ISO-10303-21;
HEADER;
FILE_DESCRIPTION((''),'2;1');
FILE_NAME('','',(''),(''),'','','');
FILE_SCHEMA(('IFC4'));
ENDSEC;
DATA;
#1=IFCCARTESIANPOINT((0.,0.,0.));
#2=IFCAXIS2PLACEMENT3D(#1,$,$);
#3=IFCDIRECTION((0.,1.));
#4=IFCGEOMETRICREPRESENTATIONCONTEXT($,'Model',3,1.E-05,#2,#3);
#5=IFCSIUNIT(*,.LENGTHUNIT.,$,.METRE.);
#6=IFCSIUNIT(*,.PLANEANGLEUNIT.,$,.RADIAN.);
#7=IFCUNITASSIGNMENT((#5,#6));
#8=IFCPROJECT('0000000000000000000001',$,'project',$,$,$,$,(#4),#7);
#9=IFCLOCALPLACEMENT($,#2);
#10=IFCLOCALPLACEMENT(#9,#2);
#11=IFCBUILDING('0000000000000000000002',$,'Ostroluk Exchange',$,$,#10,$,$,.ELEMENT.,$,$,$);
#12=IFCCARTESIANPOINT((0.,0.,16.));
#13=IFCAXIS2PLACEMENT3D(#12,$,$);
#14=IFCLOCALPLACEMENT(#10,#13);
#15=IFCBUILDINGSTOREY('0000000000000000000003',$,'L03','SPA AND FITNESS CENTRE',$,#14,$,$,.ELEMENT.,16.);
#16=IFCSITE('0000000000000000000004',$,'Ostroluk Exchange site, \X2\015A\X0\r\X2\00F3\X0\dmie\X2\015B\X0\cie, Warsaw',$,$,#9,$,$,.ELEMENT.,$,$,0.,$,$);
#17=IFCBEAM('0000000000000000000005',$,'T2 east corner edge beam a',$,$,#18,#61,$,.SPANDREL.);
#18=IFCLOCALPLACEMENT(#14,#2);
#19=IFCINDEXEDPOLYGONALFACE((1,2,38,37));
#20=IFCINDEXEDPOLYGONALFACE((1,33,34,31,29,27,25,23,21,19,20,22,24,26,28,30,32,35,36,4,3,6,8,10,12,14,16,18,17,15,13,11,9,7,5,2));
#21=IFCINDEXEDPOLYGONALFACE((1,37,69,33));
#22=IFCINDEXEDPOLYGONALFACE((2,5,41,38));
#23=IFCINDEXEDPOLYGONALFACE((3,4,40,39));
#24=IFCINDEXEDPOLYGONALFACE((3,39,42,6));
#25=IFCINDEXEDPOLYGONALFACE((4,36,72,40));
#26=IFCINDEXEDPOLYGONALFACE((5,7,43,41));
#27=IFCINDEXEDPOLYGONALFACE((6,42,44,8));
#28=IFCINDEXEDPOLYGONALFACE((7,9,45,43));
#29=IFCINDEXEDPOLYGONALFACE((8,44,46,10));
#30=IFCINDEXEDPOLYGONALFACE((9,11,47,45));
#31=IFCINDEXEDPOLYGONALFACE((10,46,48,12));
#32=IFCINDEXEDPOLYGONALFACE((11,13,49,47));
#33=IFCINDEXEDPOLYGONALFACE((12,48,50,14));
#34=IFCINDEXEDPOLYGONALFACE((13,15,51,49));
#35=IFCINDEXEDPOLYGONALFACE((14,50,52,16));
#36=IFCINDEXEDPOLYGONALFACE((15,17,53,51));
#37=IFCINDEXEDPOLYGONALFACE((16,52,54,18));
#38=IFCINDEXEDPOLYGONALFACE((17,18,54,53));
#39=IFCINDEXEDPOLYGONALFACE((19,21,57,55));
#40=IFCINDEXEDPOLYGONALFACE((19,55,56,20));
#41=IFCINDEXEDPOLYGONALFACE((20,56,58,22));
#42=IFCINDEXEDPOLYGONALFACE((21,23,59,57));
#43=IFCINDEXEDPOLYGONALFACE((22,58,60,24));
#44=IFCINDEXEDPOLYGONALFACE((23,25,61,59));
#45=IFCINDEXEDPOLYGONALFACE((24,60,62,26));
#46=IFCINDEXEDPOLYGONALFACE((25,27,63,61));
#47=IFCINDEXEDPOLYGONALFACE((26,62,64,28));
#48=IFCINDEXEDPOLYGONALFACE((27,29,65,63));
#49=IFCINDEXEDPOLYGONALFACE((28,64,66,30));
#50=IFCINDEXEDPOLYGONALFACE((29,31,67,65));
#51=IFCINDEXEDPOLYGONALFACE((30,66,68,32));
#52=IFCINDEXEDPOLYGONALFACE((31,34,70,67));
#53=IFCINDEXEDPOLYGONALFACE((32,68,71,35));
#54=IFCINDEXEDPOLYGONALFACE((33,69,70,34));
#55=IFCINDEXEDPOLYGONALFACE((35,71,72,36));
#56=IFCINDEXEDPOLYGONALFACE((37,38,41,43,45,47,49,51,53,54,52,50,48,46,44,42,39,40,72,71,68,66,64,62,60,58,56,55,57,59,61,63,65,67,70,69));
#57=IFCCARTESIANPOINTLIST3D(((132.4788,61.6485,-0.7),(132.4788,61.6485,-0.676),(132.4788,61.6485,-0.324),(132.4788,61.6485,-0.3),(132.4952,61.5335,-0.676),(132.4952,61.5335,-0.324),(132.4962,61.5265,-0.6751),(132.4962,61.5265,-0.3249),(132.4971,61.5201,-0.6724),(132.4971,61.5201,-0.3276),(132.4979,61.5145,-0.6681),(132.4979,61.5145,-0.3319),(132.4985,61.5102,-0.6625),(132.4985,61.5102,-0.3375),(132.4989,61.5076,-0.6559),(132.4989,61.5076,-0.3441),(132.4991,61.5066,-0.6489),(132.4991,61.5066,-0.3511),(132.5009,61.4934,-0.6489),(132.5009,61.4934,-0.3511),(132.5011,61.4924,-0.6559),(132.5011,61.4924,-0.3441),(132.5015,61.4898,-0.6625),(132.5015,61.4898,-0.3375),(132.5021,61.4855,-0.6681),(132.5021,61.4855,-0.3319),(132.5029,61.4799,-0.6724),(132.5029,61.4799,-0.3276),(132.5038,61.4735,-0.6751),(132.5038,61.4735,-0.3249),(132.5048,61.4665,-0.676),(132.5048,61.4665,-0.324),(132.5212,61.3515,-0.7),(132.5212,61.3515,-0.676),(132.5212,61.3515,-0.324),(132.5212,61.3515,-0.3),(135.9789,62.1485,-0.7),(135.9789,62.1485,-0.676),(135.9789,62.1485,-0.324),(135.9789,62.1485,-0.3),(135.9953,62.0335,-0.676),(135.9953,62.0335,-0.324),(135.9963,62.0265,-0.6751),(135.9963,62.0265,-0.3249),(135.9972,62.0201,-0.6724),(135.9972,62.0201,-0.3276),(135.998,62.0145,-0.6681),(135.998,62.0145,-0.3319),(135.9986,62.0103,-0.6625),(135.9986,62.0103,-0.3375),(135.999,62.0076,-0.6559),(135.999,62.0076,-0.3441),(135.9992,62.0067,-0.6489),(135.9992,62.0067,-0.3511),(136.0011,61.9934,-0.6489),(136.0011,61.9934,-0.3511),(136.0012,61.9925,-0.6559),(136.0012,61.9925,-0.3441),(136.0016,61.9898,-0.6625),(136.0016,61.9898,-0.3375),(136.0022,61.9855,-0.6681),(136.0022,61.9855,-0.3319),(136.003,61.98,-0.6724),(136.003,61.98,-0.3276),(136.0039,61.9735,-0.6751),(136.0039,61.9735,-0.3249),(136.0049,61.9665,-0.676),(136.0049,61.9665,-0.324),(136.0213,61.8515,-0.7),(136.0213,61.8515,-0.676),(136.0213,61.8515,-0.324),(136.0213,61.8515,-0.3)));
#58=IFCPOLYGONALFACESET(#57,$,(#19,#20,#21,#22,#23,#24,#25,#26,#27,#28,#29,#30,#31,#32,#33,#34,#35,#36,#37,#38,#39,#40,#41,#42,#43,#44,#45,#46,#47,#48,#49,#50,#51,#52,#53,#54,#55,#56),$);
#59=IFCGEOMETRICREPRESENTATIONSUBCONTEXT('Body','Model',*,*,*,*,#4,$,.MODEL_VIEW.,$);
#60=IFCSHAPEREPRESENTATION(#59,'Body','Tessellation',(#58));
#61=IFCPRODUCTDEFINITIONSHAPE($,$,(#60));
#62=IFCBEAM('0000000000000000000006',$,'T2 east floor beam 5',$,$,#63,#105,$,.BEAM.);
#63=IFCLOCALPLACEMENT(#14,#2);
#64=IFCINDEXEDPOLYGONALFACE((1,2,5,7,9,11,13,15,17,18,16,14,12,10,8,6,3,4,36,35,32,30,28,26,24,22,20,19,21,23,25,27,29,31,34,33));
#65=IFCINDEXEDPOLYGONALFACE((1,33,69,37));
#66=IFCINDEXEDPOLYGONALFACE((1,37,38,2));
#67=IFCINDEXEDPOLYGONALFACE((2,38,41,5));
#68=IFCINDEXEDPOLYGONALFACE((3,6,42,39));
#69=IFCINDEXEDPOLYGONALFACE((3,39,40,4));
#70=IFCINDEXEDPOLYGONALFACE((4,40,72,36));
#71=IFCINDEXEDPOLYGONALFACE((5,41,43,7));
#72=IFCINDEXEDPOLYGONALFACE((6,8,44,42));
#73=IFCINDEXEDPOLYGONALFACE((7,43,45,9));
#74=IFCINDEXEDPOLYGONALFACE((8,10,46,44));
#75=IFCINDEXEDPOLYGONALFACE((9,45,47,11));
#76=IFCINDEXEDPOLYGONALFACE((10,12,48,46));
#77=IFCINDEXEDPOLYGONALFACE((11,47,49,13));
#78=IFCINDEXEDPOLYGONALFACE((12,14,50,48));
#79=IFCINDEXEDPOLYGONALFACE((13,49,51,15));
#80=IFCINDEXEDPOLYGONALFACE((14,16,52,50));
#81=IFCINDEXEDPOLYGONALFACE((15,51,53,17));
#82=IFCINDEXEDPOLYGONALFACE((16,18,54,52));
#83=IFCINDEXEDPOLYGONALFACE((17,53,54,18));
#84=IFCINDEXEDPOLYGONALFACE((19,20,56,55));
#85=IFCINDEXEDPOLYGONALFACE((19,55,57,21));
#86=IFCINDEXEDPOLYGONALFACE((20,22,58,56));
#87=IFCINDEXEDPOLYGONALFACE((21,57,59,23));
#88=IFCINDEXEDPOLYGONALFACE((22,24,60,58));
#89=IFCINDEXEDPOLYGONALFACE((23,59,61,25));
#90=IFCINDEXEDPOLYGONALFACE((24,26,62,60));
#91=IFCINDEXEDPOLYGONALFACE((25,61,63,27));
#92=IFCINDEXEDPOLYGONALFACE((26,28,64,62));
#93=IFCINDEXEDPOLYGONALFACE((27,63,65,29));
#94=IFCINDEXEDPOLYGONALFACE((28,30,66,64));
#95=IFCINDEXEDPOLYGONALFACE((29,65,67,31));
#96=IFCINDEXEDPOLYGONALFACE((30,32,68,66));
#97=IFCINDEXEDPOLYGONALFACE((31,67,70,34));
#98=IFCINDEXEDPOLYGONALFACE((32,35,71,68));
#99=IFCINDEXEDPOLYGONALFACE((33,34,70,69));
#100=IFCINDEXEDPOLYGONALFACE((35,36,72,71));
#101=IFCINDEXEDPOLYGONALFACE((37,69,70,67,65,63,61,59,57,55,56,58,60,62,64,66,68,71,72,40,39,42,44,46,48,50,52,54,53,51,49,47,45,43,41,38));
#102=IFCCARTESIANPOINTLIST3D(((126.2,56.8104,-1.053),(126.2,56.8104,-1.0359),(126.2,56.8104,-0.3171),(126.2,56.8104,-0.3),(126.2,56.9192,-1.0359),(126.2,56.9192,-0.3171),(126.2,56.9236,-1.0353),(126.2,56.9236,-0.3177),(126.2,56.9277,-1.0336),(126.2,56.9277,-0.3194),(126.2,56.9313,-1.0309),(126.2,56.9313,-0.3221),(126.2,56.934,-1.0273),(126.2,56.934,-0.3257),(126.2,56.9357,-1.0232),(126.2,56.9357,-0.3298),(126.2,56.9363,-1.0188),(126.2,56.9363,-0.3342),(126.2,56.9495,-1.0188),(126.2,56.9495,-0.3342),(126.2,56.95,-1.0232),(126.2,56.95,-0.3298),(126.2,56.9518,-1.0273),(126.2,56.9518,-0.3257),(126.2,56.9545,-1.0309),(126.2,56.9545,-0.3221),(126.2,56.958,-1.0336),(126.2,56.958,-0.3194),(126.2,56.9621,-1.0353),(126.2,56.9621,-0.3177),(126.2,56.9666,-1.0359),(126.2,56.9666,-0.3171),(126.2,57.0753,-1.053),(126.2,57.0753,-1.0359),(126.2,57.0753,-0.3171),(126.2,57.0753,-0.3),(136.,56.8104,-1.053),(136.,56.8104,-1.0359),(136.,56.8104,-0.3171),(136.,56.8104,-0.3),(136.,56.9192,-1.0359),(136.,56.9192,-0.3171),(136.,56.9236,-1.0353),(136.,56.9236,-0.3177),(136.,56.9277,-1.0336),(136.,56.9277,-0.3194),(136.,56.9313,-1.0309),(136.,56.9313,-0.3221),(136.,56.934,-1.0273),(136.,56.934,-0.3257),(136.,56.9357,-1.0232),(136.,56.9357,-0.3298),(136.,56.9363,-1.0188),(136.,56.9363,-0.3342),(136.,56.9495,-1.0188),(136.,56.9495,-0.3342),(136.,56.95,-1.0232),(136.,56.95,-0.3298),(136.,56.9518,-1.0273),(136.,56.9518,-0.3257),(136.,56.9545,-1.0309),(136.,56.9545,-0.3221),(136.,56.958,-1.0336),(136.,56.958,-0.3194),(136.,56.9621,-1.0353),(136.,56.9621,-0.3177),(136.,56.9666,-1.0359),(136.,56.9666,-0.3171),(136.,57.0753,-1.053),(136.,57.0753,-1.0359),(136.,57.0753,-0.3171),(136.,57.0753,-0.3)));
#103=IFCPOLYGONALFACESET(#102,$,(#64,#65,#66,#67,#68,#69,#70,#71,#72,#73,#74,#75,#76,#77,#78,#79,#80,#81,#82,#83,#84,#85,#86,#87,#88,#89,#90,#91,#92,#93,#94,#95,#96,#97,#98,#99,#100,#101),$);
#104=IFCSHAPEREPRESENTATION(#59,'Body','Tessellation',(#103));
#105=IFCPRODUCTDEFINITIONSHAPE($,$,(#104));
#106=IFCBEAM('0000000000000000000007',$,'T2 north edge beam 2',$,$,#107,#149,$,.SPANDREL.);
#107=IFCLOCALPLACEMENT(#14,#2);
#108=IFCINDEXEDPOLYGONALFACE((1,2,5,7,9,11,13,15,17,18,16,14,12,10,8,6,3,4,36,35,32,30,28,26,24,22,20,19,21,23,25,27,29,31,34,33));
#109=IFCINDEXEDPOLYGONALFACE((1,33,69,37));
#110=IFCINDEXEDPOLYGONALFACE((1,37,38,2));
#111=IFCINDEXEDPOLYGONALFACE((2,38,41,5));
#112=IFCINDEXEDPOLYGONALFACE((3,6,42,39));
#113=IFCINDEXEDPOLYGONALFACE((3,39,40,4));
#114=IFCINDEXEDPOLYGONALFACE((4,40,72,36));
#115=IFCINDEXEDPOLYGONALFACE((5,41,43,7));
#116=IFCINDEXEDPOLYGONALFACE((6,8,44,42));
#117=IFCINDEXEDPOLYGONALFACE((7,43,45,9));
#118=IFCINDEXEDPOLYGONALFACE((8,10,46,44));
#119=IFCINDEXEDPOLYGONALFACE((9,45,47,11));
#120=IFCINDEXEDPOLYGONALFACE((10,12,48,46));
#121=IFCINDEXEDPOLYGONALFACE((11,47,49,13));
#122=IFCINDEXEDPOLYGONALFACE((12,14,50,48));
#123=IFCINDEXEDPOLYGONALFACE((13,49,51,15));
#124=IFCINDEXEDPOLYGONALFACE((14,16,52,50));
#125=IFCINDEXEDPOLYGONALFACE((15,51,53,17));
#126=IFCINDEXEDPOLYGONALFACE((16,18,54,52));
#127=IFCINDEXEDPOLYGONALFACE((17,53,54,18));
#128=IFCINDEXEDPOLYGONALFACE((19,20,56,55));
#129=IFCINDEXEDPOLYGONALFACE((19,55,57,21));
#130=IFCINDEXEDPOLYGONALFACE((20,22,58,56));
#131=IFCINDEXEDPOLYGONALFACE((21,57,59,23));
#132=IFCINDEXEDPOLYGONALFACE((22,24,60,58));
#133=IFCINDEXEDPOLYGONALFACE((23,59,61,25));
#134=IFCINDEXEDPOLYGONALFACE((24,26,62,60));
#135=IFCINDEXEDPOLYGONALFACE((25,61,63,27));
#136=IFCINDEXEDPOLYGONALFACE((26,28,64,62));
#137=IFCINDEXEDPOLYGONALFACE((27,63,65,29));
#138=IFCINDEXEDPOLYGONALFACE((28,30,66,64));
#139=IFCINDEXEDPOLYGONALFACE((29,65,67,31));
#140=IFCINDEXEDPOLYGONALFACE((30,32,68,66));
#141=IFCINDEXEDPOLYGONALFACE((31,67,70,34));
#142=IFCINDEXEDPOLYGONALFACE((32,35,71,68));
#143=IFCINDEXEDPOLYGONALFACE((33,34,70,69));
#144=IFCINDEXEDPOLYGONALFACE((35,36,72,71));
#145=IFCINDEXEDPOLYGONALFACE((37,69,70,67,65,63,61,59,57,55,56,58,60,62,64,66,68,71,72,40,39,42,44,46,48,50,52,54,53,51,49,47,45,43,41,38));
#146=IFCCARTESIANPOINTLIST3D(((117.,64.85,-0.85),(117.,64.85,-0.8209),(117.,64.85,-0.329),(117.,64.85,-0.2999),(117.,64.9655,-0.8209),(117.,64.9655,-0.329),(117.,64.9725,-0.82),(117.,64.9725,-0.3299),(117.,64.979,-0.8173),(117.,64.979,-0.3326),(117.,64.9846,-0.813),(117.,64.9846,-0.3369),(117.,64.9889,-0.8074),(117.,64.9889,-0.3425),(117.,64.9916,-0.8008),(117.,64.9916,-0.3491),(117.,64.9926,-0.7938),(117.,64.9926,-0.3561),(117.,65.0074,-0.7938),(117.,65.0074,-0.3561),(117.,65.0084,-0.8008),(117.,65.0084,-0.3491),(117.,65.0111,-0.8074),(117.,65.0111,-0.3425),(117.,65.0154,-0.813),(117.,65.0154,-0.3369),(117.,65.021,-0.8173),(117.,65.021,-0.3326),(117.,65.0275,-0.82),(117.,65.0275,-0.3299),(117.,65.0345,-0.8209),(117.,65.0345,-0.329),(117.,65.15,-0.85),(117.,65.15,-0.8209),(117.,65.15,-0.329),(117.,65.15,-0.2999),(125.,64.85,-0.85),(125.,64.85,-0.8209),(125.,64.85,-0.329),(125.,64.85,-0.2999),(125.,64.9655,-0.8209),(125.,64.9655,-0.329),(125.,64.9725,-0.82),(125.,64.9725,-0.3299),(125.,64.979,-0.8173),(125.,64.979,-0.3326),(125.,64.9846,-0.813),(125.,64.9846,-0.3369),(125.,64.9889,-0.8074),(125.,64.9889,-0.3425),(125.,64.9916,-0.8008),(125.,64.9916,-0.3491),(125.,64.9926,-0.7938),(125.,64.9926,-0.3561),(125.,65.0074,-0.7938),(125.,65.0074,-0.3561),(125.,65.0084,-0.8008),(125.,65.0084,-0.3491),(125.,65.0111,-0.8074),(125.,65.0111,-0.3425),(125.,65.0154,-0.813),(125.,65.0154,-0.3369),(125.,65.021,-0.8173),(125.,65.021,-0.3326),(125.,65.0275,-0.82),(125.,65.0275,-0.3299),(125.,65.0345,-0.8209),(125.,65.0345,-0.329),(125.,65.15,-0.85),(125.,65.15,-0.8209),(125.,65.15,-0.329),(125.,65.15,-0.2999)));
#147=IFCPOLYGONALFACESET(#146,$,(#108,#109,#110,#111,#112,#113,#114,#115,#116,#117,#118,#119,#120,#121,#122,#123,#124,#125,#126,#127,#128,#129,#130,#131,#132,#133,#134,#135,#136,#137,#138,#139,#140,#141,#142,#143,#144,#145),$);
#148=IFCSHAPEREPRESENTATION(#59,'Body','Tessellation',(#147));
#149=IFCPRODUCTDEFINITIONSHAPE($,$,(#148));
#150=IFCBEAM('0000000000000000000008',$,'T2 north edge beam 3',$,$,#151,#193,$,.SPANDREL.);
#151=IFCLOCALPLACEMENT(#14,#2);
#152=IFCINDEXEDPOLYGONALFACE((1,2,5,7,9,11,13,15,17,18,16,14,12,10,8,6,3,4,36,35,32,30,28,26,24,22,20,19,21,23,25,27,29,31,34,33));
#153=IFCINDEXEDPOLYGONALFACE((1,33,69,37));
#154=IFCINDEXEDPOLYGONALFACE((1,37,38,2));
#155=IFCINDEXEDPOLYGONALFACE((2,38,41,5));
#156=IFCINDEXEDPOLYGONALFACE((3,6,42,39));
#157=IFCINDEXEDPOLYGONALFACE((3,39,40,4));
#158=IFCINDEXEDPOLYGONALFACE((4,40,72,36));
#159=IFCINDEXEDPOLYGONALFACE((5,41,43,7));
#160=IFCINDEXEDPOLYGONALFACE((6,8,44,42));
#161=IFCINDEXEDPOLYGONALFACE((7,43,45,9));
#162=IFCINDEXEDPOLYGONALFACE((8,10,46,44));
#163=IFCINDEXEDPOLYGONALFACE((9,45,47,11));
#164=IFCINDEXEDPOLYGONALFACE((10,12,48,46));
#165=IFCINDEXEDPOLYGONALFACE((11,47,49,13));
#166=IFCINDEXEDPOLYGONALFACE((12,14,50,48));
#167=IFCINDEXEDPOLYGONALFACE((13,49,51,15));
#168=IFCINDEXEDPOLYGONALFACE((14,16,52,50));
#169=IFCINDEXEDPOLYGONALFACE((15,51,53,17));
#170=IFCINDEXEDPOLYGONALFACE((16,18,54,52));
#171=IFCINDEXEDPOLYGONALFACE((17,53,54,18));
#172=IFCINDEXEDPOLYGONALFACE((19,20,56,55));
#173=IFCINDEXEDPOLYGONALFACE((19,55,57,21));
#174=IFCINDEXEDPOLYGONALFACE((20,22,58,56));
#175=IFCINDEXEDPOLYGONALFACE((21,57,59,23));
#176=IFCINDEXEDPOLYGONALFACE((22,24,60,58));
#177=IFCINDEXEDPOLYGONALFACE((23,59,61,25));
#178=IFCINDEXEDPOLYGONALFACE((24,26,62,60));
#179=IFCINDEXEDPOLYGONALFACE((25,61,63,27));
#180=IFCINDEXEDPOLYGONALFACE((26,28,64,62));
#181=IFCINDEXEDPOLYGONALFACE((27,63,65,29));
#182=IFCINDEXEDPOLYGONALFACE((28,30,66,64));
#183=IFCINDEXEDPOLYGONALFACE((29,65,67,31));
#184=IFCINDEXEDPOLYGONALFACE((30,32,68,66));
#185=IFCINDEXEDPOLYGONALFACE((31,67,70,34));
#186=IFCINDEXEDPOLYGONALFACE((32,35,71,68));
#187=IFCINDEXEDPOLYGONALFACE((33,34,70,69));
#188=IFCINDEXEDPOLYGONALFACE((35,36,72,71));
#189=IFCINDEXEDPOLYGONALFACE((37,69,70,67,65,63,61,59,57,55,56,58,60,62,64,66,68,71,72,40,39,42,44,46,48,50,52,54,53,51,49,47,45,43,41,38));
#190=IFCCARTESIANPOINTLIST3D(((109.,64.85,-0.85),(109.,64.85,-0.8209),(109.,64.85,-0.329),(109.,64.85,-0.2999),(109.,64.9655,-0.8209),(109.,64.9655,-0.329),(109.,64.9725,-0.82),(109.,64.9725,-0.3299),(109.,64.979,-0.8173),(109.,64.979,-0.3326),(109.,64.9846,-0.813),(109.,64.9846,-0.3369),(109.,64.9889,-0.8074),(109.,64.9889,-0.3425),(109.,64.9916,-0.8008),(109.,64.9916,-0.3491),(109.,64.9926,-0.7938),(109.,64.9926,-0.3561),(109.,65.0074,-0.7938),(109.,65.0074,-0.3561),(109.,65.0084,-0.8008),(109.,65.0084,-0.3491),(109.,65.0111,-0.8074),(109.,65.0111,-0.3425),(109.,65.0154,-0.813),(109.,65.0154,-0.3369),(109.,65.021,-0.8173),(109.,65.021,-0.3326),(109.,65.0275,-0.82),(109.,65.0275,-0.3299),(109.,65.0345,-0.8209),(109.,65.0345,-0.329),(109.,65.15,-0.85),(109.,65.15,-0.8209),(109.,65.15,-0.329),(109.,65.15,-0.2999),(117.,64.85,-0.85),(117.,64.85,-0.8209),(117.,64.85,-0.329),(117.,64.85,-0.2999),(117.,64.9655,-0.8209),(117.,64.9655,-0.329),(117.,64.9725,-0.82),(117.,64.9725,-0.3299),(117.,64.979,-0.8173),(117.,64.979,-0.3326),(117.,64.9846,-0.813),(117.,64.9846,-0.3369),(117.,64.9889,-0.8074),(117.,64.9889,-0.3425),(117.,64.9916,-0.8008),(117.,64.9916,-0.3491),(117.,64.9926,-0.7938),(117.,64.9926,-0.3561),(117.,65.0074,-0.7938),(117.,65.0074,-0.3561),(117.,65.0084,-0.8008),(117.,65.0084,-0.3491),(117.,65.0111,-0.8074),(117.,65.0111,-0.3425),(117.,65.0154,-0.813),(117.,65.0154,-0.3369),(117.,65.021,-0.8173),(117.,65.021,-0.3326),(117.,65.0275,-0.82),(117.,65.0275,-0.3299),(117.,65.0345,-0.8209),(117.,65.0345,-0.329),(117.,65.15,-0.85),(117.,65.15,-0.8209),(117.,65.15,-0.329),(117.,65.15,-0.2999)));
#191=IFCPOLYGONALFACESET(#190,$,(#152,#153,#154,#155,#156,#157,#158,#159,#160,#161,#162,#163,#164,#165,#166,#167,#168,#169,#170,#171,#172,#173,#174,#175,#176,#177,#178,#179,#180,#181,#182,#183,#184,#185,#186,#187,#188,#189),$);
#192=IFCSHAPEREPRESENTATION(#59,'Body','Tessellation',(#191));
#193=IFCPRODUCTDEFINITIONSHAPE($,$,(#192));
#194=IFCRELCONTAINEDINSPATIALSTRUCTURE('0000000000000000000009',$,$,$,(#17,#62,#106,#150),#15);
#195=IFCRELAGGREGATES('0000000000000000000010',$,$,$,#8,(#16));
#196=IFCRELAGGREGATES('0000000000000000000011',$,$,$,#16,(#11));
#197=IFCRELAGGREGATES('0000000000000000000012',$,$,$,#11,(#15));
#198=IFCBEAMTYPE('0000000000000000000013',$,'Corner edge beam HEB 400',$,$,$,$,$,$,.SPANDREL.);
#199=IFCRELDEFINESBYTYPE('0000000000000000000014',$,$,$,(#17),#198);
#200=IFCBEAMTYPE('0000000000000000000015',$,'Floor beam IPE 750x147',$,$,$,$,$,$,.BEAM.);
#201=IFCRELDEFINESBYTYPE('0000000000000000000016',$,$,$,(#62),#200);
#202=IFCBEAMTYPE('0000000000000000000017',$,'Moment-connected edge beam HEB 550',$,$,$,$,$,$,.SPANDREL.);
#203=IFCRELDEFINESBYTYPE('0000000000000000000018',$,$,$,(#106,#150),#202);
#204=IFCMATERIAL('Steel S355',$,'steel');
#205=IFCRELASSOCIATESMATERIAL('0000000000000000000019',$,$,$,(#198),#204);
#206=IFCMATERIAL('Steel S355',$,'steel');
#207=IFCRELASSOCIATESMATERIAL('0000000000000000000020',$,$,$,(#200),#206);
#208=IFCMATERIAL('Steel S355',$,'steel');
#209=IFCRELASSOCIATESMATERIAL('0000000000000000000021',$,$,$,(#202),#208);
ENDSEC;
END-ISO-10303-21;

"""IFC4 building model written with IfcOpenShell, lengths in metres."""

from ifc_helpers import new_model, si_unit, direction, frame, origin, origin_2d, place, context, subcontext, project, spatial, i_section, extrude, material, material_profile, profile_set, type_object, element, save


model = new_model("IFC4")

# Units and contexts
model_context = context("Model", 3, precision=1e-05, world=origin(), true_north=direction((0.0, 1.0)))
body_context = subcontext(model_context, "Body", "Model", "MODEL_VIEW")
ifc_project = project(units=[si_unit("LENGTHUNIT", "METRE"), si_unit("PLANEANGLEUNIT", "RADIAN")], contexts=[model_context])

# Site, building, storey
site_placement = place(None, origin())
site = spatial("IfcSite", under=ifc_project, at=site_placement, Name="Ostroluk Exchange site, Śródmieście, Warsaw", CompositionType="ELEMENT", RefElevation=0.0)
building_placement = place(site_placement, origin())
building = spatial("IfcBuilding", under=site, at=building_placement, Name="Ostroluk Exchange", CompositionType="ELEMENT")
storey_placement = place(building_placement, frame((0.0, 0.0, 16.0)))
storey = spatial("IfcBuildingStorey", under=building, at=storey_placement, Name="L03", Description="SPA AND FITNESS CENTRE", CompositionType="ELEMENT", Elevation=16.0)

# Beams
ifc_material_1 = material(Name="Steel S355", Category="steel")
ifc_material_profile_1 = material_profile(ifc_material_1, i_section(OverallWidth=0.3, OverallDepth=0.3999, WebThickness=0.0134, FlangeThickness=0.0239, FilletRadius=0.0271, at=origin_2d()), Name="HEB 400")
ifc_profile_set_1 = profile_set([ifc_material_profile_1], Name="Steel S355")
beam_type_1 = type_object("IfcBeamType", Name="Corner edge beam HEB 400", PredefinedType="SPANDREL", material=ifc_profile_set_1)
beam_1_placement = place(storey_placement, frame((132.5, 61.5, -0.5), z_axis=(0.989949, 0.141421, 0.0), x_axis=(-0.141421, 0.989949, 0.0)))
element("IfcBeam", 1, at=beam_1_placement, inside=storey, type_object=beam_type_1, Name="T2 east corner edge beam a", PredefinedType="SPANDREL", context=body_context, shape_type="SweptSolid", body=[
    extrude(i_section(OverallWidth=0.3, OverallDepth=0.3999, WebThickness=0.0134, FlangeThickness=0.0239, FilletRadius=0.0271, at=origin_2d()), origin(), (0.0, 0.0, 1.0), 3.5356),
])
ifc_material_2 = material(Name="Steel S355", Category="steel")
ifc_material_profile_2 = material_profile(ifc_material_2, i_section(OverallWidth=0.2649, OverallDepth=0.7529, WebThickness=0.0132, FlangeThickness=0.0171, FilletRadius=0.0171, at=origin_2d()), Name="IPE 750x147")
ifc_profile_set_2 = profile_set([ifc_material_profile_2], Name="Steel S355")
beam_type_2 = type_object("IfcBeamType", Name="Floor beam IPE 750x147", PredefinedType="BEAM", material=ifc_profile_set_2)
beam_2_placement = place(storey_placement, frame((126.2, 56.9429, -0.6765), z_axis=(1.0, 0.0, 0.0), x_axis=(0.0, 1.0, 0.0)))
element("IfcBeam", 2, at=beam_2_placement, inside=storey, type_object=beam_type_2, Name="T2 east floor beam 5", PredefinedType="BEAM", context=body_context, shape_type="SweptSolid", body=[
    extrude(i_section(OverallWidth=0.2649, OverallDepth=0.7529, WebThickness=0.0132, FlangeThickness=0.0171, FilletRadius=0.0171, at=origin_2d()), origin(), (0.0, 0.0, 1.0), 9.8),
])
ifc_material_3 = material(Name="Steel S355", Category="steel")
ifc_material_profile_3 = material_profile(ifc_material_3, i_section(OverallWidth=0.3, OverallDepth=0.55, WebThickness=0.0149, FlangeThickness=0.0291, FilletRadius=0.0271, at=origin_2d()), Name="HEB 550")
ifc_profile_set_3 = profile_set([ifc_material_profile_3], Name="Steel S355")
beam_type_3 = type_object("IfcBeamType", Name="Moment-connected edge beam HEB 550", PredefinedType="SPANDREL", material=ifc_profile_set_3)
for number, where, z_axis, x_axis, name in (
    (3, (125.0, 65.0, -0.575), (-1.0, 0.0, 0.0), (0.0, -1.0, 0.0), "T2 north edge beam 2"),
    (4, (117.0, 65.0, -0.575), (-1.0, 0.0, 0.0), (0.0, -1.0, 0.0), "T2 north edge beam 3"),
):
    element("IfcBeam", number, at=place(storey_placement, frame(where, z_axis=z_axis, x_axis=x_axis)), inside=storey, type_object=beam_type_3, Name=name, PredefinedType="SPANDREL", context=body_context, shape_type="SweptSolid", body=[
        extrude(i_section(OverallWidth=0.3, OverallDepth=0.55, WebThickness=0.0149, FlangeThickness=0.0291, FilletRadius=0.0271, at=origin_2d()), origin(), (0.0, 0.0, 1.0), 8.0),
    ])

save(model, "model.ifc")
